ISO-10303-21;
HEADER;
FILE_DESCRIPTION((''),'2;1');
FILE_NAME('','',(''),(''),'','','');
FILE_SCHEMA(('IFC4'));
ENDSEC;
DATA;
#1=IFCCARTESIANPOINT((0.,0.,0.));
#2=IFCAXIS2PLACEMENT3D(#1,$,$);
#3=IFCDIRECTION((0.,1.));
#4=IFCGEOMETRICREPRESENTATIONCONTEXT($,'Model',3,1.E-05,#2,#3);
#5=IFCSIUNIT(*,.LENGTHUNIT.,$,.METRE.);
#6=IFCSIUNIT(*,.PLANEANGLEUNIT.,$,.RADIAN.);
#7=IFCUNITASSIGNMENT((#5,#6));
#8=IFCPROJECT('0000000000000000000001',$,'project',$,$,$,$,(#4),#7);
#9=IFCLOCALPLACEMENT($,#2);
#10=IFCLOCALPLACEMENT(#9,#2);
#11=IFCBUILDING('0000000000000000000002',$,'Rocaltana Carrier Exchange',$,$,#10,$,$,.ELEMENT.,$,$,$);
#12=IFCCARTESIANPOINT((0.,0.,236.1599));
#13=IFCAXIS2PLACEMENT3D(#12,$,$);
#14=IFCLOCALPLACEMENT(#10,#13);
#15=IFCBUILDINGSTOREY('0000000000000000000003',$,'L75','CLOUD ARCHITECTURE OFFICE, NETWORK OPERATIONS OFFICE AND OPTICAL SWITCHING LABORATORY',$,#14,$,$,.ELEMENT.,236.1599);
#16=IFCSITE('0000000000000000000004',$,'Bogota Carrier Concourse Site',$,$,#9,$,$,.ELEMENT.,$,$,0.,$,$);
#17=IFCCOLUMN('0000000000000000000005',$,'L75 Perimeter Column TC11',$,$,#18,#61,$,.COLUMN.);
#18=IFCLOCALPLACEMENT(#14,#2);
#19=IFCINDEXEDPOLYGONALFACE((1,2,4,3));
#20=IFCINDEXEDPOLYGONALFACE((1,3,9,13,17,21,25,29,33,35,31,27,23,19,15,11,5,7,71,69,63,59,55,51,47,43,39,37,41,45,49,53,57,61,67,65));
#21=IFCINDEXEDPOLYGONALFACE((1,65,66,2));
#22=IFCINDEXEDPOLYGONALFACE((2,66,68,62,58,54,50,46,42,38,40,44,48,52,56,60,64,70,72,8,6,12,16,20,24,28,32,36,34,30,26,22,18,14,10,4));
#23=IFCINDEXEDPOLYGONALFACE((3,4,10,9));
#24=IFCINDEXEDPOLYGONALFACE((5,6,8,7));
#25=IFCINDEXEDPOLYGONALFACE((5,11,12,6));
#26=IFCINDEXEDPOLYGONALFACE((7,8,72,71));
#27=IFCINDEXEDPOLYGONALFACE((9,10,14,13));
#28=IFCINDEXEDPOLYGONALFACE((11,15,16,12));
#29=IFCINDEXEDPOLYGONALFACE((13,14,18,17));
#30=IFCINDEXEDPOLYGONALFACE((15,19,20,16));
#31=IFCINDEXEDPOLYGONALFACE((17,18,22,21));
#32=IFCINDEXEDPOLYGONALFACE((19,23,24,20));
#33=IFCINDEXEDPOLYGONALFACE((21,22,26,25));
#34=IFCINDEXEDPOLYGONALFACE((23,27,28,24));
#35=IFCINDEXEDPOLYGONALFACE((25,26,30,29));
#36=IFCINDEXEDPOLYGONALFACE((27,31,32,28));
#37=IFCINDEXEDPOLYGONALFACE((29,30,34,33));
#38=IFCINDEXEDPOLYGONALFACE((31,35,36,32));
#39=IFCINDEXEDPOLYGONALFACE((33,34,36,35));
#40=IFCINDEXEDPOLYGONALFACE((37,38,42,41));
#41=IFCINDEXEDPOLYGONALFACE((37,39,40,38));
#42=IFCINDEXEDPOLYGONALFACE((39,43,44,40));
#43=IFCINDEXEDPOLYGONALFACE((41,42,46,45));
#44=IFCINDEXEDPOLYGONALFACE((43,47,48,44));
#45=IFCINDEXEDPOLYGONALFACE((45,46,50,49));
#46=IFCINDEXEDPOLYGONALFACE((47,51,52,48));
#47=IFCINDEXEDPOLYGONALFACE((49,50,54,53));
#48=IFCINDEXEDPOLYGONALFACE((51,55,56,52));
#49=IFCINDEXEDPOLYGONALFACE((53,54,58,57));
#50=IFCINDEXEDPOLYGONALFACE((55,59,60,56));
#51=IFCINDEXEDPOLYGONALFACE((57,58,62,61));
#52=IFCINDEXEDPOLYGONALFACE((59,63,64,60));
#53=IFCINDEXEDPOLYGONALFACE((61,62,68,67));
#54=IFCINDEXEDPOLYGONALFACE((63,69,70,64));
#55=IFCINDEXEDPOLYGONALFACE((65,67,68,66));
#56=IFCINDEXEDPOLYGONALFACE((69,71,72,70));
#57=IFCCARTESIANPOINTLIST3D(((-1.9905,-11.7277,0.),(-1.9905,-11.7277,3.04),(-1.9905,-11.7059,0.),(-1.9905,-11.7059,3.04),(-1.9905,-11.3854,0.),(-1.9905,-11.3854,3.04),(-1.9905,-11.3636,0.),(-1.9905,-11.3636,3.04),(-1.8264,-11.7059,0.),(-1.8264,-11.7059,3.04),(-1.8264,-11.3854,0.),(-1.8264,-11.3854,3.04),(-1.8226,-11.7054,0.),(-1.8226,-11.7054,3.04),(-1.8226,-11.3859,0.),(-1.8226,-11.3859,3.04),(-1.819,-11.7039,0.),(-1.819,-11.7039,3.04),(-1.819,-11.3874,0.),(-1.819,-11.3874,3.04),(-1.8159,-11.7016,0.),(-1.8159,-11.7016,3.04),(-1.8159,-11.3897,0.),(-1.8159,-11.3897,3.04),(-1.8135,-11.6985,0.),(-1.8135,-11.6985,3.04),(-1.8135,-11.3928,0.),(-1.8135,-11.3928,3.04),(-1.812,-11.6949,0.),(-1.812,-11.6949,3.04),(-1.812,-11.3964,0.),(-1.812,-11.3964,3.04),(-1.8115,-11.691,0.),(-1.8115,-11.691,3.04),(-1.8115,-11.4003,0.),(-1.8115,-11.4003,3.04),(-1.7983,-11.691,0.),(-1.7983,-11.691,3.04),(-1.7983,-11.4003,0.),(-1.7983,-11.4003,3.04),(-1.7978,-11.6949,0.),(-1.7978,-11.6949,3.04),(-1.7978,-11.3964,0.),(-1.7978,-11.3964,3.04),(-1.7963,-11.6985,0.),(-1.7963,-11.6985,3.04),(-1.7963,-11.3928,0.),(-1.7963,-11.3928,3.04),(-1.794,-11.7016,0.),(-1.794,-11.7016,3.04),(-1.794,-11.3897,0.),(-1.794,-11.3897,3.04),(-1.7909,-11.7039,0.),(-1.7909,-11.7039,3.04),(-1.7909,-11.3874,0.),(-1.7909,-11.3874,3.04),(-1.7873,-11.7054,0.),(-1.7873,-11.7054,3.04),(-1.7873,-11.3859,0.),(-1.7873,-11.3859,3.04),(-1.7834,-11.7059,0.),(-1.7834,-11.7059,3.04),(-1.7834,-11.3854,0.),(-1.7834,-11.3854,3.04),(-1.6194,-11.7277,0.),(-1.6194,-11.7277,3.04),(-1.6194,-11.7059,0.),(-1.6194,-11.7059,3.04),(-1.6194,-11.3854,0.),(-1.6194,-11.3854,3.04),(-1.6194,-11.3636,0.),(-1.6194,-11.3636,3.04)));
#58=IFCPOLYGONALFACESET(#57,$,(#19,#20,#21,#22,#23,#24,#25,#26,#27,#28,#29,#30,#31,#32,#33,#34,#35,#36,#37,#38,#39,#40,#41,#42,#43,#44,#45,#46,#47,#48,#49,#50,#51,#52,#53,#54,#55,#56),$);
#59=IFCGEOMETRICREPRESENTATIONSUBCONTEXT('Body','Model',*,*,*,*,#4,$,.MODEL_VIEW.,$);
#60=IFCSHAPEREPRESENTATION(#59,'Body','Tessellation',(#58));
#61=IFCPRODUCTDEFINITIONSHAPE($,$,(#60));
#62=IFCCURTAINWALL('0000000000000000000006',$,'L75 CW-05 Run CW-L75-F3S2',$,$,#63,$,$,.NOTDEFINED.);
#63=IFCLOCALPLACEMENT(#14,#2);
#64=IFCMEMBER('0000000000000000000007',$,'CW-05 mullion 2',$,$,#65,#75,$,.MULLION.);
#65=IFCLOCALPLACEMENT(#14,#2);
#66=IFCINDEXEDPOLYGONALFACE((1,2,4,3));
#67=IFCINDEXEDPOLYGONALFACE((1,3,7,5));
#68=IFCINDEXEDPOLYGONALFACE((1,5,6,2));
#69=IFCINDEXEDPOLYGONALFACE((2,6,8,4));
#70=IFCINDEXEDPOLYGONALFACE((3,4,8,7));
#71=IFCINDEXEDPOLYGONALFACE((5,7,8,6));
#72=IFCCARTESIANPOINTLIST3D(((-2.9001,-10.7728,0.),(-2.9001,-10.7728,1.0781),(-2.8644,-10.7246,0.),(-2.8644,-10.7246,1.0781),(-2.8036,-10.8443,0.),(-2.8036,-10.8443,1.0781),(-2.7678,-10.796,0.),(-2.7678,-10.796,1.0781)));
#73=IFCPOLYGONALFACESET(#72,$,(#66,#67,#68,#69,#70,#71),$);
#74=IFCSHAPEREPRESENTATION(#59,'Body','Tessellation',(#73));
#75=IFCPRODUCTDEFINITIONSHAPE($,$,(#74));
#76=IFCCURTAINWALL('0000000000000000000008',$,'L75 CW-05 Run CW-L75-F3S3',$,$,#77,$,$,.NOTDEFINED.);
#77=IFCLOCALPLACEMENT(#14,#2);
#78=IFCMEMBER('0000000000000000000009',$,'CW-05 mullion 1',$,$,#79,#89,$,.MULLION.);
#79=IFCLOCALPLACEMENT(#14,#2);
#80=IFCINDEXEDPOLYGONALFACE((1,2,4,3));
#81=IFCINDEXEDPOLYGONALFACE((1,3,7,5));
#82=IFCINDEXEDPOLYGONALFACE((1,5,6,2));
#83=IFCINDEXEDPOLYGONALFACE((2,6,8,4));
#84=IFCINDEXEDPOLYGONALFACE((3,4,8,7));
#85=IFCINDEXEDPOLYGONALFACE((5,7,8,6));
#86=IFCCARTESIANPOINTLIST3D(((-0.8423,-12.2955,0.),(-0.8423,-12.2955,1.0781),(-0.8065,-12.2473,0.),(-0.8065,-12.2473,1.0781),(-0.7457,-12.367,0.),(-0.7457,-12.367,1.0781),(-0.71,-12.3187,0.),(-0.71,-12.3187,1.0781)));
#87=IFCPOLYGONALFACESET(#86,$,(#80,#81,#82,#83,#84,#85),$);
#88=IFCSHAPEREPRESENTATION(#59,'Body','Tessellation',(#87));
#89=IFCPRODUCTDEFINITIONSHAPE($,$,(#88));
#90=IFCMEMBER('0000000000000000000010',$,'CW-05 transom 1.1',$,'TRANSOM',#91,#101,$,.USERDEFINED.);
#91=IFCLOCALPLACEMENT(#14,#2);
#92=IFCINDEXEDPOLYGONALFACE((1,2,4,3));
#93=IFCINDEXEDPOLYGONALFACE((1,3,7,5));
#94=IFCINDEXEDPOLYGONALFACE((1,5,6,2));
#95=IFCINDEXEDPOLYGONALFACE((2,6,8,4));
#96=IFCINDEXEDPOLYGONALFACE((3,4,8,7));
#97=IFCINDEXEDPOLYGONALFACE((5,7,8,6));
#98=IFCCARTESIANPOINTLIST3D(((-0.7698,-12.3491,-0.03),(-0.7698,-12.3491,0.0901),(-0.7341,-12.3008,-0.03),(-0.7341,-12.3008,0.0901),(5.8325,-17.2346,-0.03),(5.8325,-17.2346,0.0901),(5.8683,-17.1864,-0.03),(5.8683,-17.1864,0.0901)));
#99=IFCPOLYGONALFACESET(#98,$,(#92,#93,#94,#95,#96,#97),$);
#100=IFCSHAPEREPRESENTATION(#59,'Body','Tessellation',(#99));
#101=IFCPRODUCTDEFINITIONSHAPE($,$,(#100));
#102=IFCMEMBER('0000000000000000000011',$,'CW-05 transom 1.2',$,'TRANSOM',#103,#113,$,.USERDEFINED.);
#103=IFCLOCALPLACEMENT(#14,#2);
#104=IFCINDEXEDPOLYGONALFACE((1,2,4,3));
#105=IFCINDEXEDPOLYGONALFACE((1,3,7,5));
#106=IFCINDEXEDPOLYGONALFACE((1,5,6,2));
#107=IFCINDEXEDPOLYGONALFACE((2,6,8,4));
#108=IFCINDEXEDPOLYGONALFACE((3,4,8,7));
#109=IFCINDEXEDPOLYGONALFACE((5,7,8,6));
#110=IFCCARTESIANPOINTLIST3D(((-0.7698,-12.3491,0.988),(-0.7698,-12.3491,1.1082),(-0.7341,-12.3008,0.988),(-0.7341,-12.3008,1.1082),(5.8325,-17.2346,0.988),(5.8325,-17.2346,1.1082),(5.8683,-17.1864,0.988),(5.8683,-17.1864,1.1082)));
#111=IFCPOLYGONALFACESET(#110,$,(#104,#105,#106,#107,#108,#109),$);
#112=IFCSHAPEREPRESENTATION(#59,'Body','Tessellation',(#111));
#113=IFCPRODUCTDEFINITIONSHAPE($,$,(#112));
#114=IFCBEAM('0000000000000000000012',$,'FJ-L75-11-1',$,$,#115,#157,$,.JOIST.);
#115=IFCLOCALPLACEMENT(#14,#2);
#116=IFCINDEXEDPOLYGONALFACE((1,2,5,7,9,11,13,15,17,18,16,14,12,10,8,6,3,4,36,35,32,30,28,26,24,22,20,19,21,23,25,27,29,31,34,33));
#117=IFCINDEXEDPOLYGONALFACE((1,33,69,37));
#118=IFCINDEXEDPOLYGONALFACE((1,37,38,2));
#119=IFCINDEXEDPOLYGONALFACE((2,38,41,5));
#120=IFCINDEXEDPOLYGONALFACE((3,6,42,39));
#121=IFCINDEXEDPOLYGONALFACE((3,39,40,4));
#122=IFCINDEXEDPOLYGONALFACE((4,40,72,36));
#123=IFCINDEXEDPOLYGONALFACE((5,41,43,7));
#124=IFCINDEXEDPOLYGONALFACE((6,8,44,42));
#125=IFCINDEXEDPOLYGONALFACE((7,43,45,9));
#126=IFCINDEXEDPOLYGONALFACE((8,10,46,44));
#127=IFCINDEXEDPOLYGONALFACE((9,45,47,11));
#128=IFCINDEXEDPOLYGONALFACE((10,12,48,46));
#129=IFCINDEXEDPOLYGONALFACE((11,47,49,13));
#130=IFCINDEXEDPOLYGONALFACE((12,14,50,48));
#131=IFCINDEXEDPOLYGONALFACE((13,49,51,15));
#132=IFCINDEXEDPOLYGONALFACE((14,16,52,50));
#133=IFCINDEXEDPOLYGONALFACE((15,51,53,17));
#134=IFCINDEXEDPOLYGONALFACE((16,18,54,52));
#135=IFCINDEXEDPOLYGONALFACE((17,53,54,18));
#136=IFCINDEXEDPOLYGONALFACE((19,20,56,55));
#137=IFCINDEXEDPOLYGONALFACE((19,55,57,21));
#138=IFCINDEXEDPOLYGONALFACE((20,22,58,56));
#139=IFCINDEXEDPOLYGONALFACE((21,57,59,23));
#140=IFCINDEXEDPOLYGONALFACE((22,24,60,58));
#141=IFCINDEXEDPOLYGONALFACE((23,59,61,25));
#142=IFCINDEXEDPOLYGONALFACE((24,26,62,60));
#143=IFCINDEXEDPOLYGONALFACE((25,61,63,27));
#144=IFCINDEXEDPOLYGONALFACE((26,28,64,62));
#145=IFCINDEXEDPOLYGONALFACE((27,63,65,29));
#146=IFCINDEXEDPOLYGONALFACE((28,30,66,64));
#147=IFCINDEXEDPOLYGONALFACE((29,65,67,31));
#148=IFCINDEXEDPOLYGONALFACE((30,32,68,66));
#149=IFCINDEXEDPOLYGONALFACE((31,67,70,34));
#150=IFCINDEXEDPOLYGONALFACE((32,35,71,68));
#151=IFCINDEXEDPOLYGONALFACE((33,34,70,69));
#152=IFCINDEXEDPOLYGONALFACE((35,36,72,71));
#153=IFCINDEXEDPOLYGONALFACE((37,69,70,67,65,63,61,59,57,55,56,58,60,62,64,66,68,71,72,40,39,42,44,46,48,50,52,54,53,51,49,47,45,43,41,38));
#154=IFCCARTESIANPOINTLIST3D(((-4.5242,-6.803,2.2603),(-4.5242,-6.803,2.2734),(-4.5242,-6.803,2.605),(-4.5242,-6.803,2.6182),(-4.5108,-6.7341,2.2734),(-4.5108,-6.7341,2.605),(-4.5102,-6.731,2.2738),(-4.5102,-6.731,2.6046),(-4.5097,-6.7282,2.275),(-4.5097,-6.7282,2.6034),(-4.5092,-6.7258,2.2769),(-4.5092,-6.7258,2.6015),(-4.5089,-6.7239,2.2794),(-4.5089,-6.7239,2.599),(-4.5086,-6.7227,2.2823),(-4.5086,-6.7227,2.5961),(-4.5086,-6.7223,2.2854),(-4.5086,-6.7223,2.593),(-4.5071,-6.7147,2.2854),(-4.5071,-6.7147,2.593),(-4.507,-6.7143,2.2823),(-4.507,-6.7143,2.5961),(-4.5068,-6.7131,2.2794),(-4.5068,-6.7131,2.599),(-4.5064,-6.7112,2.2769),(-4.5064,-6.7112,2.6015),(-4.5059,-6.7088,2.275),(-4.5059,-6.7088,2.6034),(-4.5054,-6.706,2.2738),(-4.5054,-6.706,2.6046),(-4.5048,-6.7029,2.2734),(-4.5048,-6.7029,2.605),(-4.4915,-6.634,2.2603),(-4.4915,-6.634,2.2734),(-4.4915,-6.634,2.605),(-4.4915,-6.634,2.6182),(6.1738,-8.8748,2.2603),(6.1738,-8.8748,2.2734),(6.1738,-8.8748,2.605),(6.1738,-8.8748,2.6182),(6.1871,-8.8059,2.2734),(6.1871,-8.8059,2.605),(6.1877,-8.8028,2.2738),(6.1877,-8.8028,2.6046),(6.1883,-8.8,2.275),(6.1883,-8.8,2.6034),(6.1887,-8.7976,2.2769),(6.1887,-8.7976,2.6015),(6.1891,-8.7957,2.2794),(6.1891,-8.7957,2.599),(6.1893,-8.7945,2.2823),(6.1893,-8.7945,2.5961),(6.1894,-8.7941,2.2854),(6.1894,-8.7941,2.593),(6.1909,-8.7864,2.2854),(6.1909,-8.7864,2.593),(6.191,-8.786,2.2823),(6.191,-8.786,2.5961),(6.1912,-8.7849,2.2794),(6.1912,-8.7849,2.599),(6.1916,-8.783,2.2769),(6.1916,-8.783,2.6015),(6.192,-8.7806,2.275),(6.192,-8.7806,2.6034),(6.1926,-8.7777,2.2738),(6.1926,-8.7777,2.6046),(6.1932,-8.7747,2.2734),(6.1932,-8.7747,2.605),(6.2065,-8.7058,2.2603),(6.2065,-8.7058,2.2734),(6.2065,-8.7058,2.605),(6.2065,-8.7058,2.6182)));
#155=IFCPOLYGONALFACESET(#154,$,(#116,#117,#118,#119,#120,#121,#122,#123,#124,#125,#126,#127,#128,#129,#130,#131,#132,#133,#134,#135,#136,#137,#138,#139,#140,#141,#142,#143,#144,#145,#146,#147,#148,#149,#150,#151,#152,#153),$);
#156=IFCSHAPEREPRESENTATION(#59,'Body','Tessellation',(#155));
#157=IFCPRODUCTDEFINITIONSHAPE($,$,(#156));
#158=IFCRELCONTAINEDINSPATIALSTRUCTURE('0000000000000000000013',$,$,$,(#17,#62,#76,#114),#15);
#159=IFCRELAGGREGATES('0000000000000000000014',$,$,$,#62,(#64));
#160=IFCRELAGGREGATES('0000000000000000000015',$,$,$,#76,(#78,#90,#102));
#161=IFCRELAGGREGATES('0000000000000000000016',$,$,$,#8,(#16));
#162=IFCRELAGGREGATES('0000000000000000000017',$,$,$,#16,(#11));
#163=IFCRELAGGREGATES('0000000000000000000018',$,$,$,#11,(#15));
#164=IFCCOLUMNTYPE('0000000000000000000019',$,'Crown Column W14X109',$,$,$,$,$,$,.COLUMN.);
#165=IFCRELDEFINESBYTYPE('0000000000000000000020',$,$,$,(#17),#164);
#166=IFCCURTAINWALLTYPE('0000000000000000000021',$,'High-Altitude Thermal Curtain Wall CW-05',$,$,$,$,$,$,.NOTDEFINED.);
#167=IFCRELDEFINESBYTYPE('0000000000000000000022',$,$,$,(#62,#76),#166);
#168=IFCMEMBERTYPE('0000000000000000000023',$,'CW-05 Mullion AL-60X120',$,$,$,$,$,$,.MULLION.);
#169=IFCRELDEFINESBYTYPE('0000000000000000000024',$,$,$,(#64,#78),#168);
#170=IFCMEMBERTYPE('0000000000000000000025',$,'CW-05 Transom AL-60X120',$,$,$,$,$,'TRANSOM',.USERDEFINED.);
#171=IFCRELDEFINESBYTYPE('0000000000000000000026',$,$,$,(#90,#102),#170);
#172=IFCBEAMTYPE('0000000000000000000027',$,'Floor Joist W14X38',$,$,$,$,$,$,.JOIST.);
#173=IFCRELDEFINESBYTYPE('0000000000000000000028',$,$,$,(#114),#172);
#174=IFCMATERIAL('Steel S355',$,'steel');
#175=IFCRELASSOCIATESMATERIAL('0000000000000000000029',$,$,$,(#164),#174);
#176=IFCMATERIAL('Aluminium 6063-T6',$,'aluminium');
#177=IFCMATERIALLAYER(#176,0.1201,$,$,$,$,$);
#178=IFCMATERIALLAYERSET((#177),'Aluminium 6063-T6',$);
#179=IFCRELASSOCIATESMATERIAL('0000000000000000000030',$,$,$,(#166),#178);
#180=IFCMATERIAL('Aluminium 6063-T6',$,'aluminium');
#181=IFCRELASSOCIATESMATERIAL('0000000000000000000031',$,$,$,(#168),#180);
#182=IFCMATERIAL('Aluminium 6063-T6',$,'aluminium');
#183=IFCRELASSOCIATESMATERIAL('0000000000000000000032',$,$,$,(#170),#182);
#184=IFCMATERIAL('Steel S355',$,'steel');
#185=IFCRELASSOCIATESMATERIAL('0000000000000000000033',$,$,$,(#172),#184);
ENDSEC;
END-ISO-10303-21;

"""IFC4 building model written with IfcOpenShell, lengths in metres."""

from ifc_helpers import new_model, si_unit, direction, frame, origin, origin_2d, place, context, subcontext, project, spatial, rectangle, i_section, extrude, material, layer, layer_set, material_profile, profile_set, type_object, element, aggregate, save


model = new_model("IFC4")

# Units and contexts
model_context = context("Model", 3, precision=1e-05, world=origin(), true_north=direction((0.0, 1.0)))
body_context = subcontext(model_context, "Body", "Model", "MODEL_VIEW")
ifc_project = project(units=[si_unit("LENGTHUNIT", "METRE"), si_unit("PLANEANGLEUNIT", "RADIAN")], contexts=[model_context])

# Site, building, storey
site_placement = place(None, origin())
site = spatial("IfcSite", under=ifc_project, at=site_placement, Name="Bogota Carrier Concourse Site", CompositionType="ELEMENT", RefElevation=0.0)
building_placement = place(site_placement, origin())
building = spatial("IfcBuilding", under=site, at=building_placement, Name="Rocaltana Carrier Exchange", CompositionType="ELEMENT")
storey_placement = place(building_placement, frame((0.0, 0.0, 236.1599)))
storey = spatial("IfcBuildingStorey", under=building, at=storey_placement, Name="L75", Description="CLOUD ARCHITECTURE OFFICE, NETWORK OPERATIONS OFFICE AND OPTICAL SWITCHING LABORATORY", CompositionType="ELEMENT", Elevation=236.1599)

# Column
ifc_material_1 = material(Name="Steel S355", Category="steel")
ifc_material_profile_1 = material_profile(ifc_material_1, i_section(OverallWidth=0.3711, OverallDepth=0.364, WebThickness=0.0132, FlangeThickness=0.0217, FilletRadius=0.0149, at=origin_2d()), Name="W14X109")
ifc_profile_set_1 = profile_set([ifc_material_profile_1], Name="Steel S355")
column_type = type_object("IfcColumnType", Name="Crown Column W14X109", PredefinedType="COLUMN", material=ifc_profile_set_1)
column_placement = place(storey_placement, frame((-1.8049, -11.5457, 0.0), z_axis=(0.0, 0.0, 1.0), x_axis=(1.0, 0.0, 0.0)))
element("IfcColumn", 1, at=column_placement, inside=storey, type_object=column_type, Name="L75 Perimeter Column TC11", PredefinedType="COLUMN", context=body_context, shape_type="SweptSolid", body=[
    extrude(i_section(OverallWidth=0.3711, OverallDepth=0.364, WebThickness=0.0132, FlangeThickness=0.0217, FilletRadius=0.0149, at=origin_2d()), origin(), (0.0, 0.0, 1.0), 3.04),
])

# Curtain wall, member
ifc_material_2 = material(Name="Aluminium 6063-T6", Category="aluminium")
ifc_layer_1 = layer(ifc_material_2, 0.1201)
ifc_layer_set_1 = layer_set([ifc_layer_1], Name="Aluminium 6063-T6")
curtain_wall_type = type_object("IfcCurtainWallType", Name="High-Altitude Thermal Curtain Wall CW-05", PredefinedType="NOTDEFINED", material=ifc_layer_set_1)
curtain_wall_1_placement = place(storey_placement, origin())
curtain_wall_1 = element("IfcCurtainWall", 2, at=curtain_wall_1_placement, inside=storey, type_object=curtain_wall_type, Name="L75 CW-05 Run CW-L75-F3S2", PredefinedType="NOTDEFINED")
ifc_material_3 = material(Name="Aluminium 6063-T6", Category="aluminium")
ifc_material_profile_2 = material_profile(ifc_material_3, rectangle(XDim=0.0601, YDim=0.1201, at=origin_2d()), Name="AL-60X120")
ifc_profile_set_2 = profile_set([ifc_material_profile_2], Name="Aluminium 6063-T6")
member_type_1 = type_object("IfcMemberType", Name="CW-05 Mullion AL-60X120", PredefinedType="MULLION", material=ifc_profile_set_2)
member_1_placement = place(storey_placement, frame((-2.834, -10.7844, 0.0), z_axis=(0.0, 0.0, 1.0), x_axis=(0.594821, 0.803858, 0.0)))
member_1 = element("IfcMember", 3, at=member_1_placement, type_object=member_type_1, Name="CW-05 mullion 2", PredefinedType="MULLION", context=body_context, shape_type="SweptSolid", body=[
    extrude(rectangle(XDim=0.0601, YDim=0.1201, at=origin_2d()), origin(), (0.0, 0.0, 1.0), 1.0781),
])
aggregate(curtain_wall_1, [member_1])

# Curtain wall, members
curtain_wall_2_placement = place(storey_placement, origin())
curtain_wall_2 = element("IfcCurtainWall", 4, at=curtain_wall_2_placement, inside=storey, type_object=curtain_wall_type, Name="L75 CW-05 Run CW-L75-F3S3", PredefinedType="NOTDEFINED")
member_2_placement = place(storey_placement, frame((-0.7761, -12.3071, 0.0), z_axis=(0.0, 0.0, 1.0), x_axis=(0.594827, 0.803854, 0.0)))
member_2 = element("IfcMember", 5, at=member_2_placement, type_object=member_type_1, Name="CW-05 mullion 1", PredefinedType="MULLION", context=body_context, shape_type="SweptSolid", body=[
    extrude(rectangle(XDim=0.0601, YDim=0.1201, at=origin_2d()), origin(), (0.0, 0.0, 1.0), 1.0781),
])
ifc_material_4 = material(Name="Aluminium 6063-T6", Category="aluminium")
ifc_material_profile_3 = material_profile(ifc_material_4, rectangle(XDim=0.0601, YDim=0.1201, at=origin_2d()), Name="AL-60X120")
ifc_profile_set_3 = profile_set([ifc_material_profile_3], Name="Aluminium 6063-T6")
member_type_2 = type_object("IfcMemberType", Name="CW-05 Transom AL-60X120", ElementType="TRANSOM", PredefinedType="USERDEFINED", material=ifc_profile_set_3)
member_3_placement = place(storey_placement, frame((-0.752, -12.325, 0.03), z_axis=(0.803854, -0.594827, 0.0), x_axis=(0.594827, 0.803854, 0.0)))
member_3 = element("IfcMember", 6, at=member_3_placement, type_object=member_type_2, Name="CW-05 transom 1.1", ObjectType="TRANSOM", PredefinedType="USERDEFINED", context=body_context, shape_type="SweptSolid", body=[
    extrude(rectangle(XDim=0.0601, YDim=0.1201, at=origin_2d()), origin(), (0.0, 0.0, 1.0), 8.2134),
])
member_4_placement = place(storey_placement, frame((-0.752, -12.325, 1.0481), z_axis=(0.803854, -0.594827, 0.0), x_axis=(0.594827, 0.803854, 0.0)))
member_4 = element("IfcMember", 7, at=member_4_placement, type_object=member_type_2, Name="CW-05 transom 1.2", ObjectType="TRANSOM", PredefinedType="USERDEFINED", context=body_context, shape_type="SweptSolid", body=[
    extrude(rectangle(XDim=0.0601, YDim=0.1201, at=origin_2d()), origin(), (0.0, 0.0, 1.0), 8.2134),
])
aggregate(curtain_wall_2, [member_2, member_3, member_4])

# Beam
ifc_material_5 = material(Name="Steel S355", Category="steel")
ifc_material_profile_4 = material_profile(ifc_material_5, i_section(OverallWidth=0.1721, OverallDepth=0.3579, WebThickness=0.0078, FlangeThickness=0.0132, FilletRadius=0.012, at=origin_2d()), Name="W14X38")
ifc_profile_set_4 = profile_set([ifc_material_profile_4], Name="Steel S355")
beam_type_1 = type_object("IfcBeamType", Name="Floor Joist W14X38", PredefinedType="JOIST", material=ifc_profile_set_4)
beam_1_placement = place(storey_placement, frame((-4.5078, -6.7185, 2.4392), z_axis=(0.981759, -0.190128, 0.0), x_axis=(0.190128, 0.981759, 0.0)))
element("IfcBeam", 8, at=beam_1_placement, inside=storey, type_object=beam_type_1, Name="FJ-L75-11-1", PredefinedType="JOIST", context=body_context, shape_type="SweptSolid", body=[
    extrude(i_section(OverallWidth=0.1721, OverallDepth=0.3579, WebThickness=0.0078, FlangeThickness=0.0132, FilletRadius=0.012, at=origin_2d()), origin(), (0.0, 0.0, 1.0), 10.8967),
])

save(model, "model.ifc")
